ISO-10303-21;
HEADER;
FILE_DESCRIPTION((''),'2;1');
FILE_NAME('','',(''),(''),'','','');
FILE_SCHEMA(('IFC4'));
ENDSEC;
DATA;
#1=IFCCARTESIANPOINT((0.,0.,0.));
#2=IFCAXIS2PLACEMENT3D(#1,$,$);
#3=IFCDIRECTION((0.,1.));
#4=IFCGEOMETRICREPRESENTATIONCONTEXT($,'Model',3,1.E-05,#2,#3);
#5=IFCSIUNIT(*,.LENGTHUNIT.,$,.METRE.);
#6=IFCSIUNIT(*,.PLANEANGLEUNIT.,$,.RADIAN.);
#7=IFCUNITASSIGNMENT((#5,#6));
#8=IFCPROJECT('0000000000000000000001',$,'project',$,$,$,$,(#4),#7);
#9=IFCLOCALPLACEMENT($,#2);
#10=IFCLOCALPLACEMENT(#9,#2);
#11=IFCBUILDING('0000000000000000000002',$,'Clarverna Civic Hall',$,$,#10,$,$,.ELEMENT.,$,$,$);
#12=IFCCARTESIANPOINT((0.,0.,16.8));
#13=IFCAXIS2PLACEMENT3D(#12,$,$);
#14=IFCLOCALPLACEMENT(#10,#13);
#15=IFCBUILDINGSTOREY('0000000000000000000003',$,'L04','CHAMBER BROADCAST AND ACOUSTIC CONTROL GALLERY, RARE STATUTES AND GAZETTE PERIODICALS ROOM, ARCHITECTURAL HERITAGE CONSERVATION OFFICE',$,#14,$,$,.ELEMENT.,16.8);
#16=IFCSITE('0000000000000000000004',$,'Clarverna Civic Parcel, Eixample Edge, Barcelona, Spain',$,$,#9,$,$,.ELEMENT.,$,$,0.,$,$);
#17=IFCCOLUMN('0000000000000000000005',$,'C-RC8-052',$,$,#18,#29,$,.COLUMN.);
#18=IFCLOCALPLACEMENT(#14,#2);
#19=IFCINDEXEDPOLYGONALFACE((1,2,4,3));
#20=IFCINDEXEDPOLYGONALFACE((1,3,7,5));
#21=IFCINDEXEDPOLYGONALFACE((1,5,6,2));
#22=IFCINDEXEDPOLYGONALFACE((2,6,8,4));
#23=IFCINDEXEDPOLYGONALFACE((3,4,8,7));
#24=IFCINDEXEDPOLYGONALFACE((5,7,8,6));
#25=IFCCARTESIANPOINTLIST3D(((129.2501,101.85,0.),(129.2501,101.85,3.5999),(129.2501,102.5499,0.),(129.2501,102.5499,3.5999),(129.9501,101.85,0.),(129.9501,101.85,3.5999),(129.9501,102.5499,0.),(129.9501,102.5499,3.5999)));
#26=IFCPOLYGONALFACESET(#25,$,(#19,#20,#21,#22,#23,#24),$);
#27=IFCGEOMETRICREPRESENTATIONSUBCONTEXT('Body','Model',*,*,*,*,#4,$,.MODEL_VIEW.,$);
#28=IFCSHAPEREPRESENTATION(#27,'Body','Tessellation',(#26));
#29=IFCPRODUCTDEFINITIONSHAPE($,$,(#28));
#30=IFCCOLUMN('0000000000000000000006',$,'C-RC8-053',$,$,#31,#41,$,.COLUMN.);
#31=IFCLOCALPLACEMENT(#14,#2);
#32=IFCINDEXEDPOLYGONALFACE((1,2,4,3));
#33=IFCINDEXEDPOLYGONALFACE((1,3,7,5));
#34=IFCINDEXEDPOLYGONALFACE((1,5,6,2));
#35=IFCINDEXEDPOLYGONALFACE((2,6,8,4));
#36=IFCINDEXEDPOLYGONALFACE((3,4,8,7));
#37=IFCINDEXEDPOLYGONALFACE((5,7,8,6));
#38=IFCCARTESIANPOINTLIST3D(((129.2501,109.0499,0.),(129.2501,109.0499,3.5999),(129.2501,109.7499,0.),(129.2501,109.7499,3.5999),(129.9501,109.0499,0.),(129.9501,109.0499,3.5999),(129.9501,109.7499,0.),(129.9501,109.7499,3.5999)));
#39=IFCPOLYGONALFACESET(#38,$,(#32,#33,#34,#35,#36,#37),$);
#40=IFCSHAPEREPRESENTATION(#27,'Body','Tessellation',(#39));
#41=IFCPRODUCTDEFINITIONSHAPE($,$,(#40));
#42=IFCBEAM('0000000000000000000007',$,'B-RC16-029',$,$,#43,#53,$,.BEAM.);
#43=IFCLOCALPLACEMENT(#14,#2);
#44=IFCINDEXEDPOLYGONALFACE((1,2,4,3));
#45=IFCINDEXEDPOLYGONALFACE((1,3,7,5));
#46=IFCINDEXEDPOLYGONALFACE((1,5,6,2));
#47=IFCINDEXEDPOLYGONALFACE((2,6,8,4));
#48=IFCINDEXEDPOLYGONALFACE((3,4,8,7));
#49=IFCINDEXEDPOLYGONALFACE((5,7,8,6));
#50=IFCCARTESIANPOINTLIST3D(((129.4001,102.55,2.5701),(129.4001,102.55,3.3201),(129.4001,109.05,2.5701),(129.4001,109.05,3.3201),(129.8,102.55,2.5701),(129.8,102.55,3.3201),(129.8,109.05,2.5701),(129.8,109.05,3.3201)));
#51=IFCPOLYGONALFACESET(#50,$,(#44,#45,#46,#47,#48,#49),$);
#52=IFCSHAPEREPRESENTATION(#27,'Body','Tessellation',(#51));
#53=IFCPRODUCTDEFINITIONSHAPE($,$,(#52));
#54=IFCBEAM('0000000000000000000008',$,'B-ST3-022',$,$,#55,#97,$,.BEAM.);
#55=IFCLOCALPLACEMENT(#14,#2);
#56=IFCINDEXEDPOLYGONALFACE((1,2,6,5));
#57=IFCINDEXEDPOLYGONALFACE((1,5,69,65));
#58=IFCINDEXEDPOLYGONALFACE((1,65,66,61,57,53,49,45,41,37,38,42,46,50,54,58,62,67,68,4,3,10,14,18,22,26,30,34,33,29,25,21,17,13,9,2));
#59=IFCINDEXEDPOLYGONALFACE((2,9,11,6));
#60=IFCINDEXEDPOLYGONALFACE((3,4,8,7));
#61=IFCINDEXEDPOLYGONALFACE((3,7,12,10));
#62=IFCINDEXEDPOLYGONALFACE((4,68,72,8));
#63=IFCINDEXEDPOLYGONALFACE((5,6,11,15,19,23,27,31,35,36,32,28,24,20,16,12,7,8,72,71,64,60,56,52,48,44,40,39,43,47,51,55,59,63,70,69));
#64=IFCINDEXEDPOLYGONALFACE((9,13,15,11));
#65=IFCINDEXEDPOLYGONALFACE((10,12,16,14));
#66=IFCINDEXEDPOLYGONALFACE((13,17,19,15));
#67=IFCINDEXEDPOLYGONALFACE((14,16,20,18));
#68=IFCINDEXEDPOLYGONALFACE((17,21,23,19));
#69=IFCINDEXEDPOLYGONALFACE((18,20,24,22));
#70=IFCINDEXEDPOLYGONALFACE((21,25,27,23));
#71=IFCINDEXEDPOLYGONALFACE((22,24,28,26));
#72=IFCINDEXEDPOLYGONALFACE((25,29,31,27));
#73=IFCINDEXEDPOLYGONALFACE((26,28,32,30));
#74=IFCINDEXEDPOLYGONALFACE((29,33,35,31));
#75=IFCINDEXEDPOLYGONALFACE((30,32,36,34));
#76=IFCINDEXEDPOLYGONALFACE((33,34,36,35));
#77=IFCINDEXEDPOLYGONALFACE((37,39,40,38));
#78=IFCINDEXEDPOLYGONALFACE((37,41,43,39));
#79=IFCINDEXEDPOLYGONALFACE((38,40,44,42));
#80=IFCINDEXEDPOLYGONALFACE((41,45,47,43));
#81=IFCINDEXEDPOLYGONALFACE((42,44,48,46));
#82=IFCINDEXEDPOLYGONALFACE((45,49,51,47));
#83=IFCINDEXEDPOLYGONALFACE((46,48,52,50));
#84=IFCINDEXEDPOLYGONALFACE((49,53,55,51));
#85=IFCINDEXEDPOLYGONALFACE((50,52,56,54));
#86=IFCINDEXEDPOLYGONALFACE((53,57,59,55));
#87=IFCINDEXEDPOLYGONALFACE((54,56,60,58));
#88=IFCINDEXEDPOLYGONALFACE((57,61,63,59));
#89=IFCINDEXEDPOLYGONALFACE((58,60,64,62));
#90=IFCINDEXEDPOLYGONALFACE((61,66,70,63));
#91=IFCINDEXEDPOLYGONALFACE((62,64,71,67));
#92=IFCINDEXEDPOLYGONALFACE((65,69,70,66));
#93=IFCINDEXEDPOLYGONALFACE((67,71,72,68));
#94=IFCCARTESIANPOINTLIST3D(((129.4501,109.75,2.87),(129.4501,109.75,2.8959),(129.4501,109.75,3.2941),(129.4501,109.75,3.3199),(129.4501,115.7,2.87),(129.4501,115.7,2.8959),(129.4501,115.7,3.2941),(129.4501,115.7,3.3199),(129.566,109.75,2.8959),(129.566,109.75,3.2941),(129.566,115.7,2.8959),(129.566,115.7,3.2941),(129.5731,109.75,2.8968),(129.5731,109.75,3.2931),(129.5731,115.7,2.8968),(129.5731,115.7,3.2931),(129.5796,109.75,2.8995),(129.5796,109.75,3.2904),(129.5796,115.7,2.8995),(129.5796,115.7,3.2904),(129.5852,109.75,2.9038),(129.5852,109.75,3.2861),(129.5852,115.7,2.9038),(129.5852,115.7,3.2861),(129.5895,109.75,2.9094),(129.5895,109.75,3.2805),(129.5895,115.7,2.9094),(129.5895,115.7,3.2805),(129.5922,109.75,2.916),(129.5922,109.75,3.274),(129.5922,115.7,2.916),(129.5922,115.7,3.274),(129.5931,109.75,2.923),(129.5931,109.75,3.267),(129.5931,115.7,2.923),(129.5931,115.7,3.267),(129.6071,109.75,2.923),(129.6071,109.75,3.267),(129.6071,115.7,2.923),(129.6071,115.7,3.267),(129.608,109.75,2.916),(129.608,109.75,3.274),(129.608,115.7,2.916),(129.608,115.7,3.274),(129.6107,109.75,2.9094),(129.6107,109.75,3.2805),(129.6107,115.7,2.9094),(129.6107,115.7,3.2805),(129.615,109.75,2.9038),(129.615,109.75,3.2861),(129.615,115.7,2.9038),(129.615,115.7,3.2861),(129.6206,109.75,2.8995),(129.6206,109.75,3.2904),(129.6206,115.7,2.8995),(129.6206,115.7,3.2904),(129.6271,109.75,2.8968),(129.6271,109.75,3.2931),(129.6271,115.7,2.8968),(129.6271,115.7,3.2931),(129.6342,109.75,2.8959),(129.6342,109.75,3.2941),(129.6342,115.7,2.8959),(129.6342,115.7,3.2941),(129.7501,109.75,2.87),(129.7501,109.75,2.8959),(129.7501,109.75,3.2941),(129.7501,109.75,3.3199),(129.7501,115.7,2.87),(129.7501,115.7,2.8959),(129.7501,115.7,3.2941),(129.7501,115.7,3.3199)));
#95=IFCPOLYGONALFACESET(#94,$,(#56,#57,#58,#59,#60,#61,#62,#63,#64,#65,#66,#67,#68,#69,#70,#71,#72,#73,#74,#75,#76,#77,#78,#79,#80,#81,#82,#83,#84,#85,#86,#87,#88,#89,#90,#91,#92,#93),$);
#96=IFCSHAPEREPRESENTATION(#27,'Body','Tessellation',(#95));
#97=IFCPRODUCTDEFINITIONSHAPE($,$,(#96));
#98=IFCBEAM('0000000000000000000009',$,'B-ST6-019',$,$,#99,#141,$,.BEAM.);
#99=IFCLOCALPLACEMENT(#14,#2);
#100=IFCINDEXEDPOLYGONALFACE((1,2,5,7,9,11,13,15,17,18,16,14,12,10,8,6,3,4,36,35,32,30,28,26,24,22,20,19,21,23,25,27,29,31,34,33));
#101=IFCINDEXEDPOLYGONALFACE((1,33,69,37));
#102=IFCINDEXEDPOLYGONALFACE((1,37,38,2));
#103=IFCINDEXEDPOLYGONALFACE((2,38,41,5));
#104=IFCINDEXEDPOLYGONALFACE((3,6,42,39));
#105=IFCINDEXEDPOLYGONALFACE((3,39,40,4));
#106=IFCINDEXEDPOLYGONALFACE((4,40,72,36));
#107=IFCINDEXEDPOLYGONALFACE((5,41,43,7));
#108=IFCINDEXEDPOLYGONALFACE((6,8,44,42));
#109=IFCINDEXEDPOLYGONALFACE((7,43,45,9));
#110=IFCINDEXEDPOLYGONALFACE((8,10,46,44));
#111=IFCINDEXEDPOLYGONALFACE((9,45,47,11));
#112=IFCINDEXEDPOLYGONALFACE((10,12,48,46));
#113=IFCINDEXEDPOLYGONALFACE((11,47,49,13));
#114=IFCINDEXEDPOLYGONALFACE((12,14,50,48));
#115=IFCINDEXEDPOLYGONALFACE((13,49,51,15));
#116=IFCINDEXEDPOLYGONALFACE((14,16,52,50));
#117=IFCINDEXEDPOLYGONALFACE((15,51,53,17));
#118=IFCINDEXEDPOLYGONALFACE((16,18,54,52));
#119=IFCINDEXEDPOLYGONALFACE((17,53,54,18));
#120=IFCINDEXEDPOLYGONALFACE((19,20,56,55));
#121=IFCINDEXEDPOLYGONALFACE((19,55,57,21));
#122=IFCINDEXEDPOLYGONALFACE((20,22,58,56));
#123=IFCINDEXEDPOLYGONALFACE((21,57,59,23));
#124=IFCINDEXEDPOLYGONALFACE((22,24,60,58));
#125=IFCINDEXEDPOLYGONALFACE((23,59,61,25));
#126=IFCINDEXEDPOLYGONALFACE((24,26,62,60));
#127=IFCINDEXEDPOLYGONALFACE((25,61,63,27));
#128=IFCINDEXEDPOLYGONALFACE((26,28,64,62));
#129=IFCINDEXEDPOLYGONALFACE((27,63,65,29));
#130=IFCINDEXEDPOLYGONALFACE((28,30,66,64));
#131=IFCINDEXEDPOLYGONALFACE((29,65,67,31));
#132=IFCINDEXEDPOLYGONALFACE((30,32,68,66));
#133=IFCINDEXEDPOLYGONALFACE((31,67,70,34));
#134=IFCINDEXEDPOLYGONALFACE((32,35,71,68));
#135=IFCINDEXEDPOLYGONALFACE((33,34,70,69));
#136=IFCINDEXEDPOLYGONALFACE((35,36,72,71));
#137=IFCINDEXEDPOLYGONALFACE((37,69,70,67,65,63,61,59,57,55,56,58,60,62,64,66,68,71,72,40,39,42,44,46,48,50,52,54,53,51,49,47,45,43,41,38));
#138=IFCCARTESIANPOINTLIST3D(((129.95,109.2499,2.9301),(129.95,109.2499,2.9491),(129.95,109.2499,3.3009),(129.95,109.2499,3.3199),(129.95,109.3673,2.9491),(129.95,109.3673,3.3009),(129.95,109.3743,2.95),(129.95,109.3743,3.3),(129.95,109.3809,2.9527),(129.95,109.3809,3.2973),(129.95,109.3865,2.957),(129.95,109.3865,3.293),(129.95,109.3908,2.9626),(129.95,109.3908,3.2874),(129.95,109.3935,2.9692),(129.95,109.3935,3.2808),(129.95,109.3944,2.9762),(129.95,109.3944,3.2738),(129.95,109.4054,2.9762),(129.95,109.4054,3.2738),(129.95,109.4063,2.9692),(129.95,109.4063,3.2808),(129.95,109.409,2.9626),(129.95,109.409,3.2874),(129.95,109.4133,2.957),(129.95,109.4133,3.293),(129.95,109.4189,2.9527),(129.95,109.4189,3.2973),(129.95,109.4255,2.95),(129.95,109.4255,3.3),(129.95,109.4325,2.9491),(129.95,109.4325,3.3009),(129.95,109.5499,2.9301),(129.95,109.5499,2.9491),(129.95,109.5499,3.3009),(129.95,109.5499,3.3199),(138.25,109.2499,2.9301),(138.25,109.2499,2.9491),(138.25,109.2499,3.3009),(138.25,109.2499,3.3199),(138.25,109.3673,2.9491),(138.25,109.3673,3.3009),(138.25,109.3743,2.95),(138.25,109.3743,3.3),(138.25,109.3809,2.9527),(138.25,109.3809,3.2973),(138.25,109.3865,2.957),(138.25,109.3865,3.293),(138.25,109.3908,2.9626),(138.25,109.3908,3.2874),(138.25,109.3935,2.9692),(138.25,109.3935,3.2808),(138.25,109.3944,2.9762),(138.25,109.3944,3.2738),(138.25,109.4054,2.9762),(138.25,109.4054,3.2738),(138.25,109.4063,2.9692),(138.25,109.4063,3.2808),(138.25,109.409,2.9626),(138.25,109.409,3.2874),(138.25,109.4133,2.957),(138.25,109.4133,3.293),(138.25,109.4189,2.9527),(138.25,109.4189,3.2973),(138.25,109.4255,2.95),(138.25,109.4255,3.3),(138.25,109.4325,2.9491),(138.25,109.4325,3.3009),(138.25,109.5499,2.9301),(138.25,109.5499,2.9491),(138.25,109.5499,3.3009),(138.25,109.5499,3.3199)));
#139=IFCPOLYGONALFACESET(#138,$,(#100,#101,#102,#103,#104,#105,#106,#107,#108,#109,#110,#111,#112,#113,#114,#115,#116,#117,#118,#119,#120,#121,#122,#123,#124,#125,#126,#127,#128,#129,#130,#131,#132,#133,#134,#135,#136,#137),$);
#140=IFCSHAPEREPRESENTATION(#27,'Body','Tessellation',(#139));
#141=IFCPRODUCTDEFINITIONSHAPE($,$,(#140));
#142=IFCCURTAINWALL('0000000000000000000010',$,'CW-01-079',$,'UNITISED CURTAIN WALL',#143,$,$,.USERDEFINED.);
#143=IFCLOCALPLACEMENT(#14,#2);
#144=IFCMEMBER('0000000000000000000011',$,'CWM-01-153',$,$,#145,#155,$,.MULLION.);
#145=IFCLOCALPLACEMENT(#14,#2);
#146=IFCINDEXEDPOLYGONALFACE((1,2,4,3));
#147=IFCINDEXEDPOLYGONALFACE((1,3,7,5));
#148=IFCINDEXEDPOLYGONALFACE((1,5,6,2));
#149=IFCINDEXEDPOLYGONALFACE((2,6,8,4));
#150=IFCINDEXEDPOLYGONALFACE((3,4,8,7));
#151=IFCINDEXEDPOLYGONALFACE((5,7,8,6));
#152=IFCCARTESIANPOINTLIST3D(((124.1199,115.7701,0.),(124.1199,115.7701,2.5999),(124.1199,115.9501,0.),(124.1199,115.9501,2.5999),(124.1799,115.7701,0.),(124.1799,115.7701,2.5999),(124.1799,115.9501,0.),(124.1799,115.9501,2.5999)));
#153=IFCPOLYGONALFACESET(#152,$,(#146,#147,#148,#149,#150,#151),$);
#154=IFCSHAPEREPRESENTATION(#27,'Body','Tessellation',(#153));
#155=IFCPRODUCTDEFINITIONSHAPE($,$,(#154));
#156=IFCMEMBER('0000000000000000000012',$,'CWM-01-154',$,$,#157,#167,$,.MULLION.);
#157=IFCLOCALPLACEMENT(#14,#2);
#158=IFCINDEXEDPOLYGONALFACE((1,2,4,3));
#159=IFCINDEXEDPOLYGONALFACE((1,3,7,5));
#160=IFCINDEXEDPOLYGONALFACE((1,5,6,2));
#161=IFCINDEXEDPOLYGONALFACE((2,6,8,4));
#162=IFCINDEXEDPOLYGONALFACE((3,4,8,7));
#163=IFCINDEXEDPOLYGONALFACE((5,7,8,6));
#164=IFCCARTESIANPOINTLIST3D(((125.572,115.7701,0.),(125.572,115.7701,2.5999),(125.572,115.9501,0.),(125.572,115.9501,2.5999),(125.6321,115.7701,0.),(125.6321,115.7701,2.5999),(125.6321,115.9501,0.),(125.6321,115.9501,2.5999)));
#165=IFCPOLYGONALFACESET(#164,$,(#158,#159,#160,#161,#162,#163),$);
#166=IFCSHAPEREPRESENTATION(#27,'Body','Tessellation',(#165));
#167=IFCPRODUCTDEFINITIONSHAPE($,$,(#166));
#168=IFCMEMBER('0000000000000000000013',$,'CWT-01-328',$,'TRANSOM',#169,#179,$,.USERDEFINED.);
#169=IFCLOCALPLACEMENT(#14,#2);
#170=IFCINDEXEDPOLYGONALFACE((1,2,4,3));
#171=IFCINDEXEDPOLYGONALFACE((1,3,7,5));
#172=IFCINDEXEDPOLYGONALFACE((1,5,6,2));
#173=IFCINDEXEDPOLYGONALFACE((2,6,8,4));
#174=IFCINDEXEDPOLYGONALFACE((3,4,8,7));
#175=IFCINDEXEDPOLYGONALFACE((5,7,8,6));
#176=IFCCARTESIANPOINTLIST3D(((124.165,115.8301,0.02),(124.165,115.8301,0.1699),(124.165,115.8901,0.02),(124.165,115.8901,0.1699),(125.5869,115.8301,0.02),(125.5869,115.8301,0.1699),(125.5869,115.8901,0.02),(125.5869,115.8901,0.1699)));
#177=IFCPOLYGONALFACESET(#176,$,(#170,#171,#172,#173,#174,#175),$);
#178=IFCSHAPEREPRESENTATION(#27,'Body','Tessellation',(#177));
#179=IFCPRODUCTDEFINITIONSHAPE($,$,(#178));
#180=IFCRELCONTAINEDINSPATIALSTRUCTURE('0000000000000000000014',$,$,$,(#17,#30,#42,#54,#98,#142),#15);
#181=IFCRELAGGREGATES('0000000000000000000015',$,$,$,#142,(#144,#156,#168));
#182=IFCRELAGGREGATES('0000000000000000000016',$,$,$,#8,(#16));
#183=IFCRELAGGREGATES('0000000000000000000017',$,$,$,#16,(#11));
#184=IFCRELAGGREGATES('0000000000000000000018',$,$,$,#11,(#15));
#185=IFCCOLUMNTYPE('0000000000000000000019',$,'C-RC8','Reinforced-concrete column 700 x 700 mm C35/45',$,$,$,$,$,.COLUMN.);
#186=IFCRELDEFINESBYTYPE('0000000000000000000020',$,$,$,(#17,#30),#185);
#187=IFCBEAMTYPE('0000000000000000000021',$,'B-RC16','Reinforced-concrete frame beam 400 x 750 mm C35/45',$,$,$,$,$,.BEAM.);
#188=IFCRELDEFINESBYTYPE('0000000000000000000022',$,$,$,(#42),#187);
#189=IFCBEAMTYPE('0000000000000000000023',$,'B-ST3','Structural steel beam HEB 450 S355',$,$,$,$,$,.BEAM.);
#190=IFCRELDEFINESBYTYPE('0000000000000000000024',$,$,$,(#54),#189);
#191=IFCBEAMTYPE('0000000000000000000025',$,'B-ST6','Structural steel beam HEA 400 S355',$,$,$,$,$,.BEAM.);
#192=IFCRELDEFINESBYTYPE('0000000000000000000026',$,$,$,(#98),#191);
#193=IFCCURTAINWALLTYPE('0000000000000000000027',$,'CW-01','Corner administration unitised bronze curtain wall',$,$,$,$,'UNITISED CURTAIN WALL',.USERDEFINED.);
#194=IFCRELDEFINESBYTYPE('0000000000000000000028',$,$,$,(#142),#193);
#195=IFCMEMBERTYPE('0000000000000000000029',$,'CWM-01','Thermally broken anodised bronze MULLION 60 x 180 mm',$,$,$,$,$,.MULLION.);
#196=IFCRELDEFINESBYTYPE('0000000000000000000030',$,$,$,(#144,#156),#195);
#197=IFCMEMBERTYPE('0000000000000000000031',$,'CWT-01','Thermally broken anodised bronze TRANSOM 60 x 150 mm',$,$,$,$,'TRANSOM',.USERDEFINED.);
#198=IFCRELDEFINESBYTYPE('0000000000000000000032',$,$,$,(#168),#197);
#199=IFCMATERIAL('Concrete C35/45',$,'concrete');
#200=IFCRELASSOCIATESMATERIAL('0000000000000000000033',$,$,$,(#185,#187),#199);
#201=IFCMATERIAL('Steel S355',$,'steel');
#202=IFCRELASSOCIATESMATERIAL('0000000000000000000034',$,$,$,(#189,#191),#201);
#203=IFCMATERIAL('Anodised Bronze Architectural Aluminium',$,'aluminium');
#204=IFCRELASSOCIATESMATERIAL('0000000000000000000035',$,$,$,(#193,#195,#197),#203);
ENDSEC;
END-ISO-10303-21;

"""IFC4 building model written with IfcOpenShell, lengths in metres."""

from ifc_helpers import new_model, si_unit, direction, frame, origin, origin_2d, place, context, subcontext, project, spatial, rectangle, i_section, extrude, material, material_profile, profile_set, type_object, element, aggregate, save


model = new_model("IFC4")

# Units and contexts
model_context = context("Model", 3, precision=1e-05, world=origin(), true_north=direction((0.0, 1.0)))
body_context = subcontext(model_context, "Body", "Model", "MODEL_VIEW")
ifc_project = project(units=[si_unit("LENGTHUNIT", "METRE"), si_unit("PLANEANGLEUNIT", "RADIAN")], contexts=[model_context])

# Site, building, storey
site_placement = place(None, origin())
site = spatial("IfcSite", under=ifc_project, at=site_placement, Name="Clarverna Civic Parcel, Eixample Edge, Barcelona, Spain", CompositionType="ELEMENT", RefElevation=0.0)
building_placement = place(site_placement, origin())
building = spatial("IfcBuilding", under=site, at=building_placement, Name="Clarverna Civic Hall", CompositionType="ELEMENT")
storey_placement = place(building_placement, frame((0.0, 0.0, 16.8)))
storey = spatial("IfcBuildingStorey", under=building, at=storey_placement, Name="L04", Description="CHAMBER BROADCAST AND ACOUSTIC CONTROL GALLERY, RARE STATUTES AND GAZETTE PERIODICALS ROOM, ARCHITECTURAL HERITAGE CONSERVATION OFFICE", CompositionType="ELEMENT", Elevation=16.8)

# Columns
ifc_material_1 = material(Name="Concrete C35/45", Category="concrete")
ifc_material_profile_1 = material_profile(ifc_material_1, rectangle(XDim=0.7, YDim=0.7, at=origin_2d()), Name="RC 700x700")
ifc_profile_set_1 = profile_set([ifc_material_profile_1], Name="Concrete C35/45")
column_type = type_object("IfcColumnType", Name="C-RC8", Description="Reinforced-concrete column 700 x 700 mm C35/45", PredefinedType="COLUMN", material=ifc_profile_set_1)
for number, where, z_axis, x_axis, name in (
    (1, (129.6001, 102.2, 0.0), (0.0, 0.0, 1.0), (1.0, 0.0, 0.0), "C-RC8-052"),
    (2, (129.6001, 109.3999, 0.0), (0.0, 0.0, 1.0), (1.0, 0.0, 0.0), "C-RC8-053"),
):
    element("IfcColumn", number, at=place(storey_placement, frame(where, z_axis=z_axis, x_axis=x_axis)), inside=storey, type_object=column_type, Name=name, PredefinedType="COLUMN", context=body_context, shape_type="SweptSolid", body=[
        extrude(rectangle(XDim=0.7, YDim=0.7, at=origin_2d()), origin(), (0.0, 0.0, 1.0), 3.5999),
    ])

# Beams
ifc_material_profile_2 = material_profile(ifc_material_1, rectangle(XDim=0.3999, YDim=0.75, at=origin_2d()), Name="RC 400x750")
ifc_profile_set_2 = profile_set([ifc_material_profile_2], Name="Concrete C35/45")
beam_type_1 = type_object("IfcBeamType", Name="B-RC16", Description="Reinforced-concrete frame beam 400 x 750 mm C35/45", PredefinedType="BEAM", material=ifc_profile_set_2)
beam_1_placement = place(storey_placement, frame((129.6001, 102.55, 2.9451), z_axis=(0.0, 1.0, 0.0), x_axis=(-1.0, 0.0, 0.0)))
element("IfcBeam", 3, at=beam_1_placement, inside=storey, type_object=beam_type_1, Name="B-RC16-029", PredefinedType="BEAM", context=body_context, shape_type="SweptSolid", body=[
    extrude(rectangle(XDim=0.3999, YDim=0.75, at=origin_2d()), origin(), (0.0, 0.0, 1.0), 6.5),
])
ifc_material_2 = material(Name="Steel S355", Category="steel")
ifc_material_profile_3 = material_profile(ifc_material_2, i_section(OverallWidth=0.3, OverallDepth=0.45, WebThickness=0.0139, FlangeThickness=0.0259, FilletRadius=0.0271, at=origin_2d()), Name="HEB 450")
ifc_profile_set_3 = profile_set([ifc_material_profile_3], Name="Steel S355")
beam_type_2 = type_object("IfcBeamType", Name="B-ST3", Description="Structural steel beam HEB 450 S355", PredefinedType="BEAM", material=ifc_profile_set_3)
beam_2_placement = place(storey_placement, frame((129.6001, 109.75, 3.095), z_axis=(0.0, 1.0, 0.0), x_axis=(-1.0, 0.0, 0.0)))
element("IfcBeam", 4, at=beam_2_placement, inside=storey, type_object=beam_type_2, Name="B-ST3-022", PredefinedType="BEAM", context=body_context, shape_type="SweptSolid", body=[
    extrude(i_section(OverallWidth=0.3, OverallDepth=0.45, WebThickness=0.0139, FlangeThickness=0.0259, FilletRadius=0.0271, at=origin_2d()), origin(), (0.0, 0.0, 1.0), 5.95),
])
ifc_material_profile_4 = material_profile(ifc_material_2, i_section(OverallWidth=0.3, OverallDepth=0.3899, WebThickness=0.011, FlangeThickness=0.019, FilletRadius=0.0271, at=origin_2d()), Name="HEA 400")
ifc_profile_set_4 = profile_set([ifc_material_profile_4], Name="Steel S355")
beam_type_3 = type_object("IfcBeamType", Name="B-ST6", Description="Structural steel beam HEA 400 S355", PredefinedType="BEAM", material=ifc_profile_set_4)
beam_3_placement = place(storey_placement, frame((129.95, 109.3999, 3.125), z_axis=(1.0, 0.0, 0.0), x_axis=(0.0, 1.0, 0.0)))
element("IfcBeam", 5, at=beam_3_placement, inside=storey, type_object=beam_type_3, Name="B-ST6-019", PredefinedType="BEAM", context=body_context, shape_type="SweptSolid", body=[
    extrude(i_section(OverallWidth=0.3, OverallDepth=0.3899, WebThickness=0.011, FlangeThickness=0.019, FilletRadius=0.0271, at=origin_2d()), origin(), (0.0, 0.0, 1.0), 8.3),
])

# Curtain wall, members
ifc_material_3 = material(Name="Anodised Bronze Architectural Aluminium", Category="aluminium")
curtain_wall_type = type_object("IfcCurtainWallType", Name="CW-01", Description="Corner administration unitised bronze curtain wall", ElementType="UNITISED CURTAIN WALL", PredefinedType="USERDEFINED", material=ifc_material_3)
curtain_wall_placement = place(storey_placement, origin())
curtain_wall = element("IfcCurtainWall", 6, at=curtain_wall_placement, inside=storey, type_object=curtain_wall_type, Name="CW-01-079", ObjectType="UNITISED CURTAIN WALL", PredefinedType="USERDEFINED")
ifc_material_profile_5 = material_profile(ifc_material_3, rectangle(XDim=0.0601, YDim=0.1799, at=origin_2d()), Name="BRONZE 60x180")
ifc_profile_set_5 = profile_set([ifc_material_profile_5], Name="Anodised Bronze Architectural Aluminium")
member_type_1 = type_object("IfcMemberType", Name="CWM-01", Description="Thermally broken anodised bronze MULLION 60 x 180 mm", PredefinedType="MULLION", material=ifc_profile_set_5)
member_1_placement = place(storey_placement, frame((124.1499, 115.8601, 0.0), z_axis=(0.0, 0.0, 1.0), x_axis=(1.0, 0.0, 0.0)))
member_1 = element("IfcMember", 7, at=member_1_placement, type_object=member_type_1, Name="CWM-01-153", PredefinedType="MULLION", context=body_context, shape_type="SweptSolid", body=[
    extrude(rectangle(XDim=0.0601, YDim=0.1799, at=origin_2d()), origin(), (0.0, 0.0, 1.0), 2.5999),
])
member_2_placement = place(storey_placement, frame((125.6021, 115.8601, 0.0), z_axis=(0.0, 0.0, 1.0), x_axis=(1.0, 0.0, 0.0)))
member_2 = element("IfcMember", 8, at=member_2_placement, type_object=member_type_1, Name="CWM-01-154", PredefinedType="MULLION", context=body_context, shape_type="SweptSolid", body=[
    extrude(rectangle(XDim=0.0601, YDim=0.1799, at=origin_2d()), origin(), (0.0, 0.0, 1.0), 2.5999),
])
ifc_material_profile_6 = material_profile(ifc_material_3, rectangle(XDim=0.0601, YDim=0.1499, at=origin_2d()), Name="BRONZE 60x150")
ifc_profile_set_6 = profile_set([ifc_material_profile_6], Name="Anodised Bronze Architectural Aluminium")
member_type_2 = type_object("IfcMemberType", Name="CWT-01", Description="Thermally broken anodised bronze TRANSOM 60 x 150 mm", ElementType="TRANSOM", PredefinedType="USERDEFINED", material=ifc_profile_set_6)
member_3_placement = place(storey_placement, frame((124.165, 115.8601, 0.095), z_axis=(1.0, 0.0, 0.0), x_axis=(0.0, 1.0, 0.0)))
member_3 = element("IfcMember", 9, at=member_3_placement, type_object=member_type_2, Name="CWT-01-328", ObjectType="TRANSOM", PredefinedType="USERDEFINED", context=body_context, shape_type="SweptSolid", body=[
    extrude(rectangle(XDim=0.0601, YDim=0.1499, at=origin_2d()), origin(), (0.0, 0.0, 1.0), 1.4219),
])
aggregate(curtain_wall, [member_1, member_2, member_3])

save(model, "model.ifc")
